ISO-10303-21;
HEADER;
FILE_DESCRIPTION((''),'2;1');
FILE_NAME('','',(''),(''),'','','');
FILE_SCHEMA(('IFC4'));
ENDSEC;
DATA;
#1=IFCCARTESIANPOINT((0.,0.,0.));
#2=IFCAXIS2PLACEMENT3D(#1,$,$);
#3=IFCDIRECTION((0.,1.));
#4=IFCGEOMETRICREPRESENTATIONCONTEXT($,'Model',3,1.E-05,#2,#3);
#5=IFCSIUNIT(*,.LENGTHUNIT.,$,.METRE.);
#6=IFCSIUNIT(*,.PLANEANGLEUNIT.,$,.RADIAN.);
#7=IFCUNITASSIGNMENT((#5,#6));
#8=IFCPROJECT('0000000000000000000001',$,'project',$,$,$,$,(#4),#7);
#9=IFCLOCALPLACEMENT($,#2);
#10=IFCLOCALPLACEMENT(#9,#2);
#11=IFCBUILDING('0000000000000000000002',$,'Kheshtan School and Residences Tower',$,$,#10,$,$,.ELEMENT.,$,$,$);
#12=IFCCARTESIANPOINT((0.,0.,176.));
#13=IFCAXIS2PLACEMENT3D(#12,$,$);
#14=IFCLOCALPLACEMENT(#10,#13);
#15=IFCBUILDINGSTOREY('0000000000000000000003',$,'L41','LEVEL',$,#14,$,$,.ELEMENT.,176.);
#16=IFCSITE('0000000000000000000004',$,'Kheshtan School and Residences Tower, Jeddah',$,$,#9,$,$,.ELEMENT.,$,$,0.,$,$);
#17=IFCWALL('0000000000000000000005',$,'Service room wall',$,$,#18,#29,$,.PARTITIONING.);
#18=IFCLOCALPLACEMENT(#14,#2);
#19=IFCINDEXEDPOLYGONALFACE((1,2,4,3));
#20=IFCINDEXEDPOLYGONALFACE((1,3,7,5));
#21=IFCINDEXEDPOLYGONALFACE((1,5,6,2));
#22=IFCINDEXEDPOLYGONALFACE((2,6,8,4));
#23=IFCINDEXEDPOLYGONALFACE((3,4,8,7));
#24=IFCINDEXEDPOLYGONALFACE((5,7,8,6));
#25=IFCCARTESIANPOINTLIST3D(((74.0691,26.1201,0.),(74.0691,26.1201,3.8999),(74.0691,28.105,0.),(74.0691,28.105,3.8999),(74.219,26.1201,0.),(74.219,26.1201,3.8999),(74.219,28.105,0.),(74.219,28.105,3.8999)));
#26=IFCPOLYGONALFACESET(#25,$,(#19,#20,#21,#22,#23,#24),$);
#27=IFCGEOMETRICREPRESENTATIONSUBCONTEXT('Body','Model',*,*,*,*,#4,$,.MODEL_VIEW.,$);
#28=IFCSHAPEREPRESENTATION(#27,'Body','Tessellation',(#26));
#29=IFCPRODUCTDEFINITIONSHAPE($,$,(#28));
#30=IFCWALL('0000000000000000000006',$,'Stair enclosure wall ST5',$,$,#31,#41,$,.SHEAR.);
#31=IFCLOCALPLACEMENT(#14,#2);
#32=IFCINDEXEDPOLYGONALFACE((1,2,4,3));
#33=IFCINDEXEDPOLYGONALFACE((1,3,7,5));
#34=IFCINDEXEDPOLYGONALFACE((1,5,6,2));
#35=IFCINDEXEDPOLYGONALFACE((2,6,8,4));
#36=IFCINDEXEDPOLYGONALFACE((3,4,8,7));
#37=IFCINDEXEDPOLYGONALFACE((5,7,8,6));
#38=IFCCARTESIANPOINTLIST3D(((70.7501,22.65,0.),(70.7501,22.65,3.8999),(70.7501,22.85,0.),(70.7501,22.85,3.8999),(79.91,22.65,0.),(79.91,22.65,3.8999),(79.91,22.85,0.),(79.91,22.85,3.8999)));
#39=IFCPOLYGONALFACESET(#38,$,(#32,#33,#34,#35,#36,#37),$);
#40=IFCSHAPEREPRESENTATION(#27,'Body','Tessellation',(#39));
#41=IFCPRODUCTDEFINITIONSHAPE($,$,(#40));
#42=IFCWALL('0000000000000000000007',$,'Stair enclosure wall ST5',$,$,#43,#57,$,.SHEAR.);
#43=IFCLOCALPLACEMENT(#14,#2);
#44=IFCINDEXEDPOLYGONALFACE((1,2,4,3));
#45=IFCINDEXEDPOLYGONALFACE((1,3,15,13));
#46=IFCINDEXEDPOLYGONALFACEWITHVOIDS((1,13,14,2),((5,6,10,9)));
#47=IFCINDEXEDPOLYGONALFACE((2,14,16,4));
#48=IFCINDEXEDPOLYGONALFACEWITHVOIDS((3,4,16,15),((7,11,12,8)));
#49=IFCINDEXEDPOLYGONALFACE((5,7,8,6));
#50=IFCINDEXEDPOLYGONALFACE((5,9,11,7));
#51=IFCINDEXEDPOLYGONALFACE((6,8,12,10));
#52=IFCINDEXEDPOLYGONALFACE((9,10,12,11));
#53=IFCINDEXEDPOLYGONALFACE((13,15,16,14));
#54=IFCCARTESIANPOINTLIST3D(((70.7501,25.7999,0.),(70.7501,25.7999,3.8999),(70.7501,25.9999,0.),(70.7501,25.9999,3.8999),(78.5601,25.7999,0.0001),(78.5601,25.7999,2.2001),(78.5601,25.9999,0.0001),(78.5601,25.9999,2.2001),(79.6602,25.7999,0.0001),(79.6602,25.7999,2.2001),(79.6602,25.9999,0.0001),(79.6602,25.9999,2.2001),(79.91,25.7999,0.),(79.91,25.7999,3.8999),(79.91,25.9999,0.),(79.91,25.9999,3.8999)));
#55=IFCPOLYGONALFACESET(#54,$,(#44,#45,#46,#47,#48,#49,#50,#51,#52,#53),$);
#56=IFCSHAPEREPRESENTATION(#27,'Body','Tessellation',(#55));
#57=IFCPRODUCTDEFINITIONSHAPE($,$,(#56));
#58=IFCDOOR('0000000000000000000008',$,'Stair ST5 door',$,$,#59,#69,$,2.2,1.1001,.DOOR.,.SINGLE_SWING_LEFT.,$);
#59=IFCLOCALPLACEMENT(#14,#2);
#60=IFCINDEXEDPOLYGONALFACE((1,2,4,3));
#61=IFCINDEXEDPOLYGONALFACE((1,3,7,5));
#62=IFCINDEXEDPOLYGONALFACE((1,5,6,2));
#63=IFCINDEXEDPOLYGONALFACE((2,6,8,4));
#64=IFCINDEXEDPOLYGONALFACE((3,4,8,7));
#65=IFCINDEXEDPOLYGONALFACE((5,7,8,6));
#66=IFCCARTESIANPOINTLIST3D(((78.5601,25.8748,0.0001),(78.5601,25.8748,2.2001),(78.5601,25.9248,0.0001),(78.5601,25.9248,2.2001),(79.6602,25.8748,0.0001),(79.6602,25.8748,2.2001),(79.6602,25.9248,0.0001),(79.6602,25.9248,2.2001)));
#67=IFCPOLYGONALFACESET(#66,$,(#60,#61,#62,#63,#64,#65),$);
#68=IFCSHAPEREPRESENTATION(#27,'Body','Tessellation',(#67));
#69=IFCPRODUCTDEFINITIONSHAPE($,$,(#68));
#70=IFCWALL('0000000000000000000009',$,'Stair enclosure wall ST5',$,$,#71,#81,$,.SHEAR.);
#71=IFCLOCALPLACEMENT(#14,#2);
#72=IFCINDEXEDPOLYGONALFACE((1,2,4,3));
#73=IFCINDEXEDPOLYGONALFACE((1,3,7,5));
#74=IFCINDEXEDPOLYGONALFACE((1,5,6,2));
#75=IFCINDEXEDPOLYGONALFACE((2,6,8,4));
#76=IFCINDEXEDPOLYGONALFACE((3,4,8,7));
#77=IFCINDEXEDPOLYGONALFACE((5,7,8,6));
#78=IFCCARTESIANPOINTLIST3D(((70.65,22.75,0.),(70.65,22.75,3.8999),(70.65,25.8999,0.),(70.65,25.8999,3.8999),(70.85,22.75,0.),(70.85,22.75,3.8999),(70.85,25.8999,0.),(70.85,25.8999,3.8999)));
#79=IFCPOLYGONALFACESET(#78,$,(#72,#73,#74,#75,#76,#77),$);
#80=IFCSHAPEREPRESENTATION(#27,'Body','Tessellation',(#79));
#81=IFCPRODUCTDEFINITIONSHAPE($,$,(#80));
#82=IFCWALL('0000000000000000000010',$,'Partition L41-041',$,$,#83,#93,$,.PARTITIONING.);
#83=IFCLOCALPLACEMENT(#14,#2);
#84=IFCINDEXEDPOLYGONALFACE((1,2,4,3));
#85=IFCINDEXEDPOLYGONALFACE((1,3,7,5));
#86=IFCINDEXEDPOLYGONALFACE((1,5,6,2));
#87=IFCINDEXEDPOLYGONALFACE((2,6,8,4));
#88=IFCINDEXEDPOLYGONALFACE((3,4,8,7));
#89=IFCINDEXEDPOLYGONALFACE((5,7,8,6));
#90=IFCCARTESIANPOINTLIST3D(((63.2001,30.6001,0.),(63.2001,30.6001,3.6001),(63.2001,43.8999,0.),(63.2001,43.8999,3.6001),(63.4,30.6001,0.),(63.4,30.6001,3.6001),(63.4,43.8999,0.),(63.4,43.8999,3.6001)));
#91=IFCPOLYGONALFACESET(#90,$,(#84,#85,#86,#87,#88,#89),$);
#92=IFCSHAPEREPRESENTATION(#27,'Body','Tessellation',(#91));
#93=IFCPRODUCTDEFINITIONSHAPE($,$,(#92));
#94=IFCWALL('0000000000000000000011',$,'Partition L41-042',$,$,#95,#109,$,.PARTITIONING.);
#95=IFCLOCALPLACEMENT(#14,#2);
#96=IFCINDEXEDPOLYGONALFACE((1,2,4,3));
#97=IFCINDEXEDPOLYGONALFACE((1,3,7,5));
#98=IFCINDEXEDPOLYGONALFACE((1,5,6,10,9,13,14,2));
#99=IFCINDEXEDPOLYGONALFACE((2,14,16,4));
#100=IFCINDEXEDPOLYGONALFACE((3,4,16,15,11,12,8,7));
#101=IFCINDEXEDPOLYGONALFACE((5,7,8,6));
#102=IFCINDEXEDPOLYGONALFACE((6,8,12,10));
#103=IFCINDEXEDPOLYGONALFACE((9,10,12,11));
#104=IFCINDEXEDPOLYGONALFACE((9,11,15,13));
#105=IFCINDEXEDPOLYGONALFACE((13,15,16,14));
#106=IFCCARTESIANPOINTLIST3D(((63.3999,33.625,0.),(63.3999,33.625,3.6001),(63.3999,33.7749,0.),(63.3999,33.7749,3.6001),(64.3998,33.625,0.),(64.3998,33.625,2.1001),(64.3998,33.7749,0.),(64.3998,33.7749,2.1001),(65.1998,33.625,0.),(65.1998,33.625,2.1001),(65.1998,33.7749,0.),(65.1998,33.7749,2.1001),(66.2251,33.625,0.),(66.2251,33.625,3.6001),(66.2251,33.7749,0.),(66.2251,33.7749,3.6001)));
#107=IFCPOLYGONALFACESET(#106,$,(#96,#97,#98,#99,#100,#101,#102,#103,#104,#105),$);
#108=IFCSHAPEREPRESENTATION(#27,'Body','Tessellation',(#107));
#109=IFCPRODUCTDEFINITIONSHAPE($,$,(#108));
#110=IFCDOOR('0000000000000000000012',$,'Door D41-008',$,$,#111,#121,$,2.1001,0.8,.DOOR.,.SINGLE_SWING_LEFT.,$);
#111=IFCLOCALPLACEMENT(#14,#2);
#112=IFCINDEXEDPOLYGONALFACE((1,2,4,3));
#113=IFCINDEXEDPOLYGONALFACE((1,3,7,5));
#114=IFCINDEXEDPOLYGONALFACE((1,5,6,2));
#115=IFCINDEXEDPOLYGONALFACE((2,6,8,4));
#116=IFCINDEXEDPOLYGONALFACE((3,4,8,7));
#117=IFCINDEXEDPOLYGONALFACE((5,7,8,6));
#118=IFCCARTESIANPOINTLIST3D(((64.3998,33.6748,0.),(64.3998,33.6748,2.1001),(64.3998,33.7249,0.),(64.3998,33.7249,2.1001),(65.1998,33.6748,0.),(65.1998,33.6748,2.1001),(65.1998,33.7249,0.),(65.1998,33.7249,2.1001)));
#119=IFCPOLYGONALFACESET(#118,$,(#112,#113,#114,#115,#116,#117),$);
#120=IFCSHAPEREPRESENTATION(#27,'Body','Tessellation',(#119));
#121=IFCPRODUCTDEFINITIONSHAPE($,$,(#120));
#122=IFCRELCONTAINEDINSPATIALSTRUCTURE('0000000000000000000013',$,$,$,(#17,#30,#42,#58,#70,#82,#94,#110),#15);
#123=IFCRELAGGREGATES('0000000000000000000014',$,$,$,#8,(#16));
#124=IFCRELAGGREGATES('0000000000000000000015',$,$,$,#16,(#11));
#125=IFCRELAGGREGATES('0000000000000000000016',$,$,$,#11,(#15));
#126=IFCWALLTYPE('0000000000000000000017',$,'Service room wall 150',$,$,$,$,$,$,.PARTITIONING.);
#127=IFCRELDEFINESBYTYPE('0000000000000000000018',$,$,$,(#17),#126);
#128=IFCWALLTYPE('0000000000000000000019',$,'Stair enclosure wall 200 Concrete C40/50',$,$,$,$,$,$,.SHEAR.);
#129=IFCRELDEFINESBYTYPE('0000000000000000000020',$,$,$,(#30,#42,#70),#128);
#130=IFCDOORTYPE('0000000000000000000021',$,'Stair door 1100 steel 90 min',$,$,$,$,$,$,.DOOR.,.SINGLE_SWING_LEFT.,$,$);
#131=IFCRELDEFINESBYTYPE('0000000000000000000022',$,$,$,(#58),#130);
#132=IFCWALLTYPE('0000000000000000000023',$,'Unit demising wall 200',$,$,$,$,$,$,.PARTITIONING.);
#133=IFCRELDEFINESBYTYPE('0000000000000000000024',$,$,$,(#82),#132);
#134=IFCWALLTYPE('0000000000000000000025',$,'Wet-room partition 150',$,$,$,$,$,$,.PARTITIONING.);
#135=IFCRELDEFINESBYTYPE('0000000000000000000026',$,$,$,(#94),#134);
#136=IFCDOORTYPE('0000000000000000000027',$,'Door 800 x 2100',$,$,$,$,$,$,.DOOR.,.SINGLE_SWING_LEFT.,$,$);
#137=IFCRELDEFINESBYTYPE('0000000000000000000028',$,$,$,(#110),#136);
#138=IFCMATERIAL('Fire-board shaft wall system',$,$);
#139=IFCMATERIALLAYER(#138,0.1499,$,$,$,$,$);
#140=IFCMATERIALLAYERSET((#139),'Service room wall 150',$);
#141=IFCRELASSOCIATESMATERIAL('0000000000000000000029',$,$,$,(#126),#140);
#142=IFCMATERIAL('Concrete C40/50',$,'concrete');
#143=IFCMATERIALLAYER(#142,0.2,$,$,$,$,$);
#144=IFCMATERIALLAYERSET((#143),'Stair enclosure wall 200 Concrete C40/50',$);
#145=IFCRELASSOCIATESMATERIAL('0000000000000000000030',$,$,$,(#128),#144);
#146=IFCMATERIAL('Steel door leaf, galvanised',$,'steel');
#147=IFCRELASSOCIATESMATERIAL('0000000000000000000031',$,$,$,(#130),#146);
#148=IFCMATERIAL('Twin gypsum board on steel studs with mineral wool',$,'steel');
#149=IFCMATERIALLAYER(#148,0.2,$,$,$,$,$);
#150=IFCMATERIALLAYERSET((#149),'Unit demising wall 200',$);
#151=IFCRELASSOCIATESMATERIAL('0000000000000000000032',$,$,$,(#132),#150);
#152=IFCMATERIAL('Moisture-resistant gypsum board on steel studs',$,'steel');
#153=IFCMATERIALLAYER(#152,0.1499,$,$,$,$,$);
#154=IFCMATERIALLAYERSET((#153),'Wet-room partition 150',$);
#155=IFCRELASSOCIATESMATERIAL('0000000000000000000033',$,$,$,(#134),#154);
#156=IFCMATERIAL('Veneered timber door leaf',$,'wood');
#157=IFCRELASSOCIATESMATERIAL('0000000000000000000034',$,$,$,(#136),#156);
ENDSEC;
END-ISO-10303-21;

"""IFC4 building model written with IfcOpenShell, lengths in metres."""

from ifc_helpers import new_model, si_unit, direction, frame, frame_2d, origin, place, context, subcontext, project, spatial, rectangle, extrude, source, transform, mapped, material, layer, layer_set, type_object, element, fill, save


model = new_model("IFC4")

# Units and contexts
model_context = context("Model", 3, precision=1e-05, world=origin(), true_north=direction((0.0, 1.0)))
body_context = subcontext(model_context, "Body", "Model", "MODEL_VIEW")
ifc_project = project(units=[si_unit("LENGTHUNIT", "METRE"), si_unit("PLANEANGLEUNIT", "RADIAN")], contexts=[model_context])

# Site, building, storey
site_placement = place(None, origin())
site = spatial("IfcSite", under=ifc_project, at=site_placement, Name="Kheshtan School and Residences Tower, Jeddah", CompositionType="ELEMENT", RefElevation=0.0)
building_placement = place(site_placement, origin())
building = spatial("IfcBuilding", under=site, at=building_placement, Name="Kheshtan School and Residences Tower", CompositionType="ELEMENT")
storey_placement = place(building_placement, frame((0.0, 0.0, 176.0)))
storey = spatial("IfcBuildingStorey", under=building, at=storey_placement, Name="L41", Description="LEVEL", CompositionType="ELEMENT", Elevation=176.0)

# Shared definitions
ifc_material_1 = material(Name="Fire-board shaft wall system")
ifc_layer_1 = layer(ifc_material_1, 0.1499)
ifc_layer_set_1 = layer_set([ifc_layer_1], Name="Service room wall 150")
wall_type_1 = type_object("IfcWallType", Name="Service room wall 150", PredefinedType="PARTITIONING", material=ifc_layer_set_1)

# Shared definitions
ifc_material_2 = material(Name="Steel door leaf, galvanised", Category="steel")

# Walls
wall_1_placement = place(storey_placement, frame((74.144, 26.1201, 0.0), z_axis=(0.0, 0.0, 1.0), x_axis=(0.0, 1.0, 0.0)))
element("IfcWall", 1, at=wall_1_placement, inside=storey, type_object=wall_type_1, Name="Service room wall", PredefinedType="PARTITIONING", context=body_context, shape_type="SweptSolid", body=[
    extrude(rectangle(XDim=1.9849, YDim=0.1499, at=frame_2d((0.9924, 0.0))), origin(), (0.0, 0.0, 1.0), 3.8999),
])
ifc_material_3 = material(Name="Concrete C40/50", Category="concrete")
ifc_layer_2 = layer(ifc_material_3, 0.2)
ifc_layer_set_2 = layer_set([ifc_layer_2], Name="Stair enclosure wall 200 Concrete C40/50")
wall_type_2 = type_object("IfcWallType", Name="Stair enclosure wall 200 Concrete C40/50", PredefinedType="SHEAR", material=ifc_layer_set_2)
wall_2_placement = place(storey_placement, frame((70.75, 22.75, 0.0), z_axis=(0.0, 0.0, 1.0), x_axis=(1.0, 0.0, 0.0)))
element("IfcWall", 2, at=wall_2_placement, inside=storey, type_object=wall_type_2, Name="Stair enclosure wall ST5", PredefinedType="SHEAR", context=body_context, shape_type="SweptSolid", body=[
    extrude(rectangle(XDim=9.1599, YDim=0.2, at=frame_2d((4.5801, 0.0))), origin(), (0.0, 0.0, 1.0), 3.8999),
])

# Wall, opening, door
wall_3_placement = place(storey_placement, frame((70.75, 25.8999, 0.0), z_axis=(0.0, 0.0, 1.0), x_axis=(1.0, 0.0, 0.0)))
wall_3 = element("IfcWall", 3, at=wall_3_placement, inside=storey, type_object=wall_type_2, Name="Stair enclosure wall ST5", PredefinedType="SHEAR", context=body_context, shape_type="SweptSolid", body=[
    extrude(rectangle(XDim=9.1599, YDim=0.2, at=frame_2d((4.5801, 0.0))), origin(), (0.0, 0.0, 1.0), 3.8999),
])
opening_1_placement = place(wall_3_placement, frame((7.8101, 0.0, 0.0)))
opening_1 = element("IfcOpeningElement", 4, at=opening_1_placement, cuts=wall_3, PredefinedType="OPENING", context=body_context, shape_type="SweptSolid", body=[
    extrude(rectangle(XDim=1.1001, YDim=2.2, at=frame_2d((0.55, 1.1001))), frame((0.0, 0.1099, 0.0), z_axis=(0.0, -1.0, 0.0), x_axis=(1.0, 0.0, 0.0)), (0.0, 0.0, 1.0), 0.22),
])
door_type_1 = type_object("IfcDoorType", Name="Stair door 1100 steel 90 min", OperationType="SINGLE_SWING_LEFT", PredefinedType="DOOR", material=ifc_material_2)
shared_shape_1 = source(origin(), body_context, "Body", "SweptSolid", [
    extrude(rectangle(XDim=1.1001, YDim=2.2, at=frame_2d((0.55, 1.1001))), frame((0.0, 0.0249, 0.0), z_axis=(0.0, -1.0, 0.0), x_axis=(1.0, 0.0, 0.0)), (0.0, 0.0, 1.0), 0.05),
])
door_1_placement = place(opening_1_placement, origin())
door_1 = element("IfcDoor", 5, at=door_1_placement, inside=storey, type_object=door_type_1, Name="Stair ST5 door", OperationType="SINGLE_SWING_LEFT", OverallHeight=2.2, OverallWidth=1.1001, PredefinedType="DOOR", context=body_context, shape_type="MappedRepresentation", body=[
    mapped(shared_shape_1, transform((0.0, 0.0, 0.0), x_axis=(1.0, 0.0, 0.0), y_axis=(0.0, 1.0, 0.0), z_axis=(0.0, 0.0, 1.0), scale=1.0)),
])
fill(opening_1, door_1)

# Walls
wall_4_placement = place(storey_placement, frame((70.75, 22.75, 0.0), z_axis=(0.0, 0.0, 1.0), x_axis=(0.0, 1.0, 0.0)))
element("IfcWall", 6, at=wall_4_placement, inside=storey, type_object=wall_type_2, Name="Stair enclosure wall ST5", PredefinedType="SHEAR", context=body_context, shape_type="SweptSolid", body=[
    extrude(rectangle(XDim=3.1499, YDim=0.2, at=frame_2d((1.575, 0.0))), origin(), (0.0, 0.0, 1.0), 3.8999),
])
ifc_material_4 = material(Name="Twin gypsum board on steel studs with mineral wool", Category="steel")
ifc_layer_3 = layer(ifc_material_4, 0.2)
ifc_layer_set_3 = layer_set([ifc_layer_3], Name="Unit demising wall 200")
wall_type_3 = type_object("IfcWallType", Name="Unit demising wall 200", PredefinedType="PARTITIONING", material=ifc_layer_set_3)
wall_5_placement = place(storey_placement, frame((63.3, 30.6001, 0.0), z_axis=(0.0, 0.0, 1.0), x_axis=(0.0, 1.0, 0.0)))
element("IfcWall", 7, at=wall_5_placement, inside=storey, type_object=wall_type_3, Name="Partition L41-041", PredefinedType="PARTITIONING", context=body_context, shape_type="SweptSolid", body=[
    extrude(rectangle(XDim=13.2998, YDim=0.2, at=frame_2d((6.6499, 0.0))), origin(), (0.0, 0.0, 1.0), 3.6001),
])

# Wall, opening, door
ifc_material_5 = material(Name="Moisture-resistant gypsum board on steel studs", Category="steel")
ifc_layer_4 = layer(ifc_material_5, 0.1499)
ifc_layer_set_4 = layer_set([ifc_layer_4], Name="Wet-room partition 150")
wall_type_4 = type_object("IfcWallType", Name="Wet-room partition 150", PredefinedType="PARTITIONING", material=ifc_layer_set_4)
wall_6_placement = place(storey_placement, frame((63.3999, 33.7, 0.0), z_axis=(0.0, 0.0, 1.0), x_axis=(1.0, 0.0, 0.0)))
wall_6 = element("IfcWall", 8, at=wall_6_placement, inside=storey, type_object=wall_type_4, Name="Partition L41-042", PredefinedType="PARTITIONING", context=body_context, shape_type="SweptSolid", body=[
    extrude(rectangle(XDim=2.8252, YDim=0.1499, at=frame_2d((1.4126, 0.0))), origin(), (0.0, 0.0, 1.0), 3.6001),
])
opening_2_placement = place(wall_6_placement, frame((1.0, 0.0, 0.0)))
opening_2 = element("IfcOpeningElement", 9, at=opening_2_placement, cuts=wall_6, PredefinedType="OPENING", context=body_context, shape_type="SweptSolid", body=[
    extrude(rectangle(XDim=0.8, YDim=2.1001, at=frame_2d((0.3999, 1.05))), frame((0.0, 0.085, 0.0), z_axis=(0.0, -1.0, 0.0), x_axis=(1.0, 0.0, 0.0)), (0.0, 0.0, 1.0), 0.1699),
])
ifc_material_6 = material(Name="Veneered timber door leaf", Category="wood")
door_type_2 = type_object("IfcDoorType", Name="Door 800 x 2100", OperationType="SINGLE_SWING_LEFT", PredefinedType="DOOR", material=ifc_material_6)
shared_shape_2 = source(origin(), body_context, "Body", "SweptSolid", [
    extrude(rectangle(XDim=0.8, YDim=2.1001, at=frame_2d((0.3999, 1.05))), frame((0.0, 0.0249, 0.0), z_axis=(0.0, -1.0, 0.0), x_axis=(1.0, 0.0, 0.0)), (0.0, 0.0, 1.0), 0.05),
])
door_2_placement = place(opening_2_placement, origin())
door_2 = element("IfcDoor", 10, at=door_2_placement, inside=storey, type_object=door_type_2, Name="Door D41-008", OperationType="SINGLE_SWING_LEFT", OverallHeight=2.1001, OverallWidth=0.8, PredefinedType="DOOR", context=body_context, shape_type="MappedRepresentation", body=[
    mapped(shared_shape_2, transform((0.0, 0.0, 0.0), x_axis=(1.0, 0.0, 0.0), y_axis=(0.0, 1.0, 0.0), z_axis=(0.0, 0.0, 1.0), scale=1.0)),
])
fill(opening_2, door_2)

save(model, "model.ifc")
